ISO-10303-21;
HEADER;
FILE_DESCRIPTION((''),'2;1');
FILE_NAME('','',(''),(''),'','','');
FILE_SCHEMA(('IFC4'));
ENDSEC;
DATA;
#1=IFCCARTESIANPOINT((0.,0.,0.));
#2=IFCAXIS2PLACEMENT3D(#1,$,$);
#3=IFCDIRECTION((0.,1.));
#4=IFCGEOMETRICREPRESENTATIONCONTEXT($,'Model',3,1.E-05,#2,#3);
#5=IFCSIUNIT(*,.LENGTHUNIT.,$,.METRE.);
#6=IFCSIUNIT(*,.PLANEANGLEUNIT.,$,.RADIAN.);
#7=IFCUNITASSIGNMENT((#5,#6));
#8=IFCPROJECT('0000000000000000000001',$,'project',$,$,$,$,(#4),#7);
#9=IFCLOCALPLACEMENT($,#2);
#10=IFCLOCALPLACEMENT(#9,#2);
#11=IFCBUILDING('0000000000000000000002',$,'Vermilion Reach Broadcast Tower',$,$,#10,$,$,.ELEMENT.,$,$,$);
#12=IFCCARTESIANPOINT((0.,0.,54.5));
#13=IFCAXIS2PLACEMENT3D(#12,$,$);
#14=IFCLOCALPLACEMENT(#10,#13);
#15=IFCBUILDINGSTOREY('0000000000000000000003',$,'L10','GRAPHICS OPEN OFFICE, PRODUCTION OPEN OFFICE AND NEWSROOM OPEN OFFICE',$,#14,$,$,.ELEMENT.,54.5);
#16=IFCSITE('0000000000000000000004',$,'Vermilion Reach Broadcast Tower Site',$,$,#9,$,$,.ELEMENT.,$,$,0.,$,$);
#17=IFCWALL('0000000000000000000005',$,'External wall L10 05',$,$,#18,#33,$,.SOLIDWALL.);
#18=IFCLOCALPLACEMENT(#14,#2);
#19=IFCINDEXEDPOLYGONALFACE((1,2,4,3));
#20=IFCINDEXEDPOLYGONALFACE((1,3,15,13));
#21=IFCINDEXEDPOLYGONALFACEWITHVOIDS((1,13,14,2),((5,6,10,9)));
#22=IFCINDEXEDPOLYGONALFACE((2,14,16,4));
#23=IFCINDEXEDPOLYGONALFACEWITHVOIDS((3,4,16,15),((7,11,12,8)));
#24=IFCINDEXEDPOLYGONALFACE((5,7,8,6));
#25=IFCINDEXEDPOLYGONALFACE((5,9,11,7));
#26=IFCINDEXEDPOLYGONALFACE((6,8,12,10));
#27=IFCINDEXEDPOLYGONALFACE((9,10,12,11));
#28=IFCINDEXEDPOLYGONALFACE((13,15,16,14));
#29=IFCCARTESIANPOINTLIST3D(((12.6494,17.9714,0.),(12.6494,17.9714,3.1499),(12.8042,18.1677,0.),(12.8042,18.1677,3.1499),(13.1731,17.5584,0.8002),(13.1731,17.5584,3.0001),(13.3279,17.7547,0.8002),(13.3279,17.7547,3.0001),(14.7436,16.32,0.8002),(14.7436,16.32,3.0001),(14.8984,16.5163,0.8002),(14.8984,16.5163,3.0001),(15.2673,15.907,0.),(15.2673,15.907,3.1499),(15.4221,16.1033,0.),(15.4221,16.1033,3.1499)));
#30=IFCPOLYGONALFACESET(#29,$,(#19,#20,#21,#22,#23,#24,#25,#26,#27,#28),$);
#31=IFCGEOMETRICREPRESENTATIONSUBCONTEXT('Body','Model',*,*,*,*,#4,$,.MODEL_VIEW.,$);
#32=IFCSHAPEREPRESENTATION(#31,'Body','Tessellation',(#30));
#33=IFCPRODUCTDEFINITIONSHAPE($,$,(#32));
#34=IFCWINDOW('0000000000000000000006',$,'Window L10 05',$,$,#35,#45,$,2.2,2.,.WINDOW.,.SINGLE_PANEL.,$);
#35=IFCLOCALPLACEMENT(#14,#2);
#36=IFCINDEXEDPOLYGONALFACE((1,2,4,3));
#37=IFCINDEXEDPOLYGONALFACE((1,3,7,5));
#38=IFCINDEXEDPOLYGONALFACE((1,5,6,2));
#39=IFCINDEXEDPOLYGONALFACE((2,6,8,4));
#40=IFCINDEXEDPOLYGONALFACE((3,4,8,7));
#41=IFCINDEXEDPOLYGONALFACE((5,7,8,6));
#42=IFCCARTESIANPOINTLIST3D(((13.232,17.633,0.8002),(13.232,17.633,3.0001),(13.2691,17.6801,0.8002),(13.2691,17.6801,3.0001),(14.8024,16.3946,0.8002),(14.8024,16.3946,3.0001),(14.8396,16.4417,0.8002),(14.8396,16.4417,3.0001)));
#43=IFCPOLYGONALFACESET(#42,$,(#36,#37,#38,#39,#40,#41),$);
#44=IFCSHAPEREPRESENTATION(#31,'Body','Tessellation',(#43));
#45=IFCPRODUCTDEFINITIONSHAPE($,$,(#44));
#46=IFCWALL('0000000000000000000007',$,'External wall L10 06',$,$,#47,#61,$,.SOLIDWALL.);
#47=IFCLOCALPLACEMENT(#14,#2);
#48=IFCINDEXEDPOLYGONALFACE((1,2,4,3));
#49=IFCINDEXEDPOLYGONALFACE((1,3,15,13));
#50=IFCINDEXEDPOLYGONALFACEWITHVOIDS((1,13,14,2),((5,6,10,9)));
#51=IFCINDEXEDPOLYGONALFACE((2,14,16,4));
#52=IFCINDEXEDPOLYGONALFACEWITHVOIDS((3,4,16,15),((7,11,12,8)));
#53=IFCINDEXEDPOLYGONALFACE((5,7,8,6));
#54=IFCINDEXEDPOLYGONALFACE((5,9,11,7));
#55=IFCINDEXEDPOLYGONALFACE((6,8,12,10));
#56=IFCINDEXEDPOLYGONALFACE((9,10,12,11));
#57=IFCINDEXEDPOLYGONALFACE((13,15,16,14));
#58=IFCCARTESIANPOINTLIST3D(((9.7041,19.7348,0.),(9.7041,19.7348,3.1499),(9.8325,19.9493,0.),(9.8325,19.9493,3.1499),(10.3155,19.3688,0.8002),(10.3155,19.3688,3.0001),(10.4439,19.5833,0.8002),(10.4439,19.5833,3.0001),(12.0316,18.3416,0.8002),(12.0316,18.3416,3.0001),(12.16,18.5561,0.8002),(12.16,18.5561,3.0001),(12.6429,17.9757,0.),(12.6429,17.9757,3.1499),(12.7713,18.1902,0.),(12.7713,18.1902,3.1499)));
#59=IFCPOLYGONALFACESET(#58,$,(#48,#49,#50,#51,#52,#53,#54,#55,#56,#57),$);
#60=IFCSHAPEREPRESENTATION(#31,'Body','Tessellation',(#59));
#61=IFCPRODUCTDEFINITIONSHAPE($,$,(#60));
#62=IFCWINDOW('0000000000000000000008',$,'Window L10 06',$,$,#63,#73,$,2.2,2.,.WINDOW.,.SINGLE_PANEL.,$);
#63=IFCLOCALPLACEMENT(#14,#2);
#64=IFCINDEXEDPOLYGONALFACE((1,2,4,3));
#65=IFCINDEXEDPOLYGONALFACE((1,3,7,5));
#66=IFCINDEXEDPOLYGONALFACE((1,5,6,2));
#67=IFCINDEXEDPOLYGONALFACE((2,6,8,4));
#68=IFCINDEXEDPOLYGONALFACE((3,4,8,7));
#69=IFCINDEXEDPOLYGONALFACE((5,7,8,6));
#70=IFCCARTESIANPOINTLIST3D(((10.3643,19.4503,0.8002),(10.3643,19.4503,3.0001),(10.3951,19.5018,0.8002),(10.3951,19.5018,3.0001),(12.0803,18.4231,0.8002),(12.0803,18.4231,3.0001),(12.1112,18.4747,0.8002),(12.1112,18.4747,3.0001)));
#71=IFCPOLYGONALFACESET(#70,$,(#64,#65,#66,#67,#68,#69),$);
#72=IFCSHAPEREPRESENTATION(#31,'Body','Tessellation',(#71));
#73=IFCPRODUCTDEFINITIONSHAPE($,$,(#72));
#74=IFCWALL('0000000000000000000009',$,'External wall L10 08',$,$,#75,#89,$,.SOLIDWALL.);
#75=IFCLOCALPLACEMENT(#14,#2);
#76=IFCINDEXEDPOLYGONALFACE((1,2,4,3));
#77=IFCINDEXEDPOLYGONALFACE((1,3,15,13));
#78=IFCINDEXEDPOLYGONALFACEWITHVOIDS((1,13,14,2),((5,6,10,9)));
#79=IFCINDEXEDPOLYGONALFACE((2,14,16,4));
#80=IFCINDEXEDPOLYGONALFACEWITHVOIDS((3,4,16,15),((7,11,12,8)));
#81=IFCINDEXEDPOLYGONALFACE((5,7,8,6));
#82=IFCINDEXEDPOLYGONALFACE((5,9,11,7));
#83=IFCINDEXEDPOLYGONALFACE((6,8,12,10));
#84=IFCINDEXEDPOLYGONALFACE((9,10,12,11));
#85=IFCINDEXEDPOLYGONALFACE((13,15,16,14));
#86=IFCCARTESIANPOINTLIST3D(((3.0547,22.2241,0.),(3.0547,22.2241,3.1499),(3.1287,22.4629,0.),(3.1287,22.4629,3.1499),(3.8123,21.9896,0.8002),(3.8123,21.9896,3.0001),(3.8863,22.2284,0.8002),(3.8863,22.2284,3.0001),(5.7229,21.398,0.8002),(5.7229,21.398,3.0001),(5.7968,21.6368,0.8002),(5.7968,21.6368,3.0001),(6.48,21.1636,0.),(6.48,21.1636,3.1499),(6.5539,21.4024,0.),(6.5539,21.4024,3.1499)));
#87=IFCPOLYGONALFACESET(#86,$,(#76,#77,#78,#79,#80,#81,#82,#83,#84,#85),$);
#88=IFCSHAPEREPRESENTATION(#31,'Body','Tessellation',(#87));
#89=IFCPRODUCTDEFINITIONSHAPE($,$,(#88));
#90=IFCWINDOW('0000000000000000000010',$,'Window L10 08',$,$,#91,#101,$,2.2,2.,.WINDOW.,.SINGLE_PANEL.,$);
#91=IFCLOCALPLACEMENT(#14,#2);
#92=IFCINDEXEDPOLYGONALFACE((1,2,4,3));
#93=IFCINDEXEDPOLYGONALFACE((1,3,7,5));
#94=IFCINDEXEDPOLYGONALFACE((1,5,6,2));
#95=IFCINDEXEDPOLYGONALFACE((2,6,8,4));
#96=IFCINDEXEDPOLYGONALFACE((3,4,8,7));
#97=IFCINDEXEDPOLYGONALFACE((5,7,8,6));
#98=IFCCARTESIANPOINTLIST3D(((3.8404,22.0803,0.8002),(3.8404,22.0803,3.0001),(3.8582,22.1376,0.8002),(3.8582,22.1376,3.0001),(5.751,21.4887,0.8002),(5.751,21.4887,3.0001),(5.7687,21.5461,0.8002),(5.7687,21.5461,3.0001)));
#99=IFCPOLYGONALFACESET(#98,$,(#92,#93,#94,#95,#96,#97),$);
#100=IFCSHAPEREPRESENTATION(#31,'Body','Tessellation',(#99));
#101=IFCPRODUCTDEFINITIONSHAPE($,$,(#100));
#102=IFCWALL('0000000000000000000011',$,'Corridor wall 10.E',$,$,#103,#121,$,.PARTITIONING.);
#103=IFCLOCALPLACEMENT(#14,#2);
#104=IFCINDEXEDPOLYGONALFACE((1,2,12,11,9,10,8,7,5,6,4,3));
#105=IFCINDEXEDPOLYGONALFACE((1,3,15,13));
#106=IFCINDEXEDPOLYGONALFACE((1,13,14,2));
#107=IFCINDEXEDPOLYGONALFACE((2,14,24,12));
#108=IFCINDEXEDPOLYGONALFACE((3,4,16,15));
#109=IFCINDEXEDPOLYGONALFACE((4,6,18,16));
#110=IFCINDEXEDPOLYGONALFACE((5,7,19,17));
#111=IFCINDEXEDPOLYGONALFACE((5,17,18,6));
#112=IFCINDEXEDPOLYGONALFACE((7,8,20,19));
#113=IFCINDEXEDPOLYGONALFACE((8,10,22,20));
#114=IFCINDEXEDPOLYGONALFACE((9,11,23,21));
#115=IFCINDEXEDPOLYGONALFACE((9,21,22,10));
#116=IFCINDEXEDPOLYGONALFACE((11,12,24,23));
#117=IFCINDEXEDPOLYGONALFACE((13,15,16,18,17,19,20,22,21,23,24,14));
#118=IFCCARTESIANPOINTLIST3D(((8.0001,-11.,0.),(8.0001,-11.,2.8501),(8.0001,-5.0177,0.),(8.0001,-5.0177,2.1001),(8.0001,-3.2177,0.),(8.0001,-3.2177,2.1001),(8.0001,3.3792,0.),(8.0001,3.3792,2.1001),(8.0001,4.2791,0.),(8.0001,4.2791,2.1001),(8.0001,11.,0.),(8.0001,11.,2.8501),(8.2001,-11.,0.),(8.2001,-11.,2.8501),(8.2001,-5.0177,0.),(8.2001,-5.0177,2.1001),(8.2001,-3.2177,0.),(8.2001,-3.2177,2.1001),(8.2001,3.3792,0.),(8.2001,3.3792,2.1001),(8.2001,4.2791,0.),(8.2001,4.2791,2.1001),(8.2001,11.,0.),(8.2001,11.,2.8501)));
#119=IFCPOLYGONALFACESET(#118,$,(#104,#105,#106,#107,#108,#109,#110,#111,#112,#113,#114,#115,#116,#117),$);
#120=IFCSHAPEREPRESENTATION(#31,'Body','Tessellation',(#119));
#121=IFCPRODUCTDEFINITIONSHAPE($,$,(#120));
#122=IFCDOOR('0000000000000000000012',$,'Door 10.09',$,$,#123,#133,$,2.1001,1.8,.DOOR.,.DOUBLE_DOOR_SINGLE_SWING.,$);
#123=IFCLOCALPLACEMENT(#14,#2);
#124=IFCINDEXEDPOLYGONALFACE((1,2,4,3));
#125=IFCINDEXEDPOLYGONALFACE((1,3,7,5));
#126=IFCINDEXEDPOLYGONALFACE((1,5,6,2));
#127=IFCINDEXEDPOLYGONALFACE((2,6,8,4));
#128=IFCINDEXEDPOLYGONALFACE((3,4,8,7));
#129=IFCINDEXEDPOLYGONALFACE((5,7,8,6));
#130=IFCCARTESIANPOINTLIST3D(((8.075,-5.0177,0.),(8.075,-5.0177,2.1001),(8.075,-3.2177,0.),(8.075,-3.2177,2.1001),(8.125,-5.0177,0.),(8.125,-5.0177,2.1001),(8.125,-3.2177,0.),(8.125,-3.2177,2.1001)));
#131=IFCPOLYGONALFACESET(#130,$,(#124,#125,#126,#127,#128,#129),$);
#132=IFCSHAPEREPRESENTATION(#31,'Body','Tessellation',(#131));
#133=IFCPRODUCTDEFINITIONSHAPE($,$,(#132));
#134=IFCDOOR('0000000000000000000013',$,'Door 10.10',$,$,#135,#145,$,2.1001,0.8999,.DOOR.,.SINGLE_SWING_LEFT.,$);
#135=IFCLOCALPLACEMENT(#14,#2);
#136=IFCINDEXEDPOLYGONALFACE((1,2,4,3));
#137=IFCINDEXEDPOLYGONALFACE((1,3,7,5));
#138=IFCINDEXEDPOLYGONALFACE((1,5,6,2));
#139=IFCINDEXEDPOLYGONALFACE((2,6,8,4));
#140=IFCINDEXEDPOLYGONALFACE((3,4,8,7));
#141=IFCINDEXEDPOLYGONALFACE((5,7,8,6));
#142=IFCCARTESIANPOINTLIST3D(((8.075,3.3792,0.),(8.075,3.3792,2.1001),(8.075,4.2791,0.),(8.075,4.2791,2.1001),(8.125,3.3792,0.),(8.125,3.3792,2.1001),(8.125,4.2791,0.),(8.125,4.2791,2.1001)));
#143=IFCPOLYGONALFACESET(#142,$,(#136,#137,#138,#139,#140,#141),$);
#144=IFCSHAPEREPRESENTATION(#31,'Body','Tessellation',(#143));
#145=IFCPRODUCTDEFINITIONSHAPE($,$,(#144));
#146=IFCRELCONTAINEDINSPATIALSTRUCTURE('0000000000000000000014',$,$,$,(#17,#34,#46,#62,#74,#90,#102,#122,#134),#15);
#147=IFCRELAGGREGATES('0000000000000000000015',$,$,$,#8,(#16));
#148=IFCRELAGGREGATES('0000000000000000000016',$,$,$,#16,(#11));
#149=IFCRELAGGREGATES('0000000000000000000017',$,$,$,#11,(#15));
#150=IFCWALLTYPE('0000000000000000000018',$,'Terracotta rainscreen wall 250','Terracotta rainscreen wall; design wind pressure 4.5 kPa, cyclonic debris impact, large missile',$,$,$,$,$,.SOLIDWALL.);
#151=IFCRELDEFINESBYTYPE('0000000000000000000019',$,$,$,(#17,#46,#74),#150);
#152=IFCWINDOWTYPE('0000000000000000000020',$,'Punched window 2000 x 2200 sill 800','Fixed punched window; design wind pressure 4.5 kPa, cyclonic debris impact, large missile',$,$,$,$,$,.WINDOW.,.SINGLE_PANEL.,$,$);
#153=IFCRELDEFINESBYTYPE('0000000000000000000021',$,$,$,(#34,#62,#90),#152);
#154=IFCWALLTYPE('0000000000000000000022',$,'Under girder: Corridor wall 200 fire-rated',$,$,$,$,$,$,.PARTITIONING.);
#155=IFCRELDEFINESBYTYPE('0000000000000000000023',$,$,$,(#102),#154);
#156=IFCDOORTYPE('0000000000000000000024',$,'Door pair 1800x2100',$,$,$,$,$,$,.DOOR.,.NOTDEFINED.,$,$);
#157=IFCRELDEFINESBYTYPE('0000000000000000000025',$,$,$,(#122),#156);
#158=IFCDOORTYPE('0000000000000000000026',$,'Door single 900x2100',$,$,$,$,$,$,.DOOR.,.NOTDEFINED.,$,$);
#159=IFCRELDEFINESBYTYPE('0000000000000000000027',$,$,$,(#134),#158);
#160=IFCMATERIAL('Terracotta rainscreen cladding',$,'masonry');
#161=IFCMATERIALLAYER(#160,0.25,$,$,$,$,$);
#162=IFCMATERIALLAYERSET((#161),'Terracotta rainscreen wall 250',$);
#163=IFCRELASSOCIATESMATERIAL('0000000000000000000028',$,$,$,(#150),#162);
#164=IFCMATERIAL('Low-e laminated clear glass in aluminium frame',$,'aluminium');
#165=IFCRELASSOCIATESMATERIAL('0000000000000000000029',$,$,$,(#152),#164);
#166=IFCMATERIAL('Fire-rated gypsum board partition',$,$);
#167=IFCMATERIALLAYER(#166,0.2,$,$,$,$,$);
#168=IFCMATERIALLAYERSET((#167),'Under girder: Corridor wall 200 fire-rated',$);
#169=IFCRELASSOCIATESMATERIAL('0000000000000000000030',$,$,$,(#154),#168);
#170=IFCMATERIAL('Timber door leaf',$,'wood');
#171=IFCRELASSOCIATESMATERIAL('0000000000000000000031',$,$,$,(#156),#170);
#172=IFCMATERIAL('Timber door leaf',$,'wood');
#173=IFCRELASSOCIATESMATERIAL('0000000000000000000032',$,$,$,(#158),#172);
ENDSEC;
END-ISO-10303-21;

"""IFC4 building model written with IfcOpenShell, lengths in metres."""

from ifc_helpers import new_model, si_unit, direction, frame, frame_2d, origin, place, context, subcontext, project, spatial, rectangle, extrude, material, layer, layer_set, type_object, element, fill, save


model = new_model("IFC4")

# Units and contexts
model_context = context("Model", 3, precision=1e-05, world=origin(), true_north=direction((0.0, 1.0)))
body_context = subcontext(model_context, "Body", "Model", "MODEL_VIEW")
ifc_project = project(units=[si_unit("LENGTHUNIT", "METRE"), si_unit("PLANEANGLEUNIT", "RADIAN")], contexts=[model_context])

# Site, building, storey
site_placement = place(None, origin())
site = spatial("IfcSite", under=ifc_project, at=site_placement, Name="Vermilion Reach Broadcast Tower Site", CompositionType="ELEMENT", RefElevation=0.0)
building_placement = place(site_placement, origin())
building = spatial("IfcBuilding", under=site, at=building_placement, Name="Vermilion Reach Broadcast Tower", CompositionType="ELEMENT")
storey_placement = place(building_placement, frame((0.0, 0.0, 54.5)))
storey = spatial("IfcBuildingStorey", under=building, at=storey_placement, Name="L10", Description="GRAPHICS OPEN OFFICE, PRODUCTION OPEN OFFICE AND NEWSROOM OPEN OFFICE", CompositionType="ELEMENT", Elevation=54.5)

# Shared definitions
ifc_material_1 = material(Name="Terracotta rainscreen cladding", Category="masonry")
ifc_layer_1 = layer(ifc_material_1, 0.25)
ifc_layer_set_1 = layer_set([ifc_layer_1], Name="Terracotta rainscreen wall 250")
wall_type_1 = type_object("IfcWallType", Name="Terracotta rainscreen wall 250", Description="Terracotta rainscreen wall; design wind pressure 4.5 kPa, cyclonic debris impact, large missile", PredefinedType="SOLIDWALL", material=ifc_layer_set_1)

# Walls, openings, windows
ifc_material_2 = material(Name="Low-e laminated clear glass in aluminium frame", Category="aluminium")
window_type = type_object("IfcWindowType", Name="Punched window 2000 x 2200 sill 800", Description="Fixed punched window; design wind pressure 4.5 kPa, cyclonic debris impact, large missile", PartitioningType="SINGLE_PANEL", PredefinedType="WINDOW", material=ifc_material_2)
wall_1_placement = place(storey_placement, frame((15.3447, 16.0051, 0.0), z_axis=(0.0, 0.0, 1.0), x_axis=(-0.785222, 0.619214, 0.0)))
wall_1 = element("IfcWall", 1, at=wall_1_placement, inside=storey, type_object=wall_type_1, Name="External wall L10 05", PredefinedType="SOLIDWALL", context=body_context, shape_type="SweptSolid", body=[
    extrude(rectangle(XDim=3.334, YDim=0.25, at=frame_2d((1.667, 0.0))), origin(), (0.0, 0.0, 1.0), 3.1499),
])
opening_1_placement = place(wall_1_placement, frame((0.667, 0.0, 0.8)))
opening_1 = element("IfcOpeningElement", 2, at=opening_1_placement, cuts=wall_1, PredefinedType="OPENING", context=body_context, shape_type="SweptSolid", body=[
    extrude(rectangle(XDim=2.0, YDim=2.2, at=frame_2d((1.0, 1.1001))), frame((0.0, 0.135, 0.0), z_axis=(0.0, -1.0, 0.0), x_axis=(1.0, 0.0, 0.0)), (0.0, 0.0, 1.0), 0.27),
])
window_1_placement = place(opening_1_placement, origin())
window_1 = element("IfcWindow", 3, at=window_1_placement, inside=storey, type_object=window_type, Name="Window L10 05", OverallHeight=2.2, OverallWidth=2.0, PartitioningType="SINGLE_PANEL", PredefinedType="WINDOW", context=body_context, shape_type="SweptSolid", body=[
    extrude(rectangle(XDim=2.0, YDim=2.2, at=frame_2d((1.0, 1.1001))), frame((0.0, 0.03, 0.0), z_axis=(0.0, -1.0, 0.0), x_axis=(1.0, 0.0, 0.0)), (0.0, 0.0, 1.0), 0.0601),
])
fill(opening_1, window_1)
wall_2_placement = place(storey_placement, frame((12.707, 18.083, 0.0), z_axis=(0.0, 0.0, 1.0), x_axis=(-0.858033, 0.513594, 0.0)))
wall_2 = element("IfcWall", 4, at=wall_2_placement, inside=storey, type_object=wall_type_1, Name="External wall L10 06", PredefinedType="SOLIDWALL", context=body_context, shape_type="SweptSolid", body=[
    extrude(rectangle(XDim=3.425, YDim=0.25, at=frame_2d((1.7124, 0.0))), origin(), (0.0, 0.0, 1.0), 3.1499),
])
opening_2_placement = place(wall_2_placement, frame((0.7124, 0.0, 0.8)))
opening_2 = element("IfcOpeningElement", 5, at=opening_2_placement, cuts=wall_2, PredefinedType="OPENING", context=body_context, shape_type="SweptSolid", body=[
    extrude(rectangle(XDim=2.0, YDim=2.2, at=frame_2d((1.0, 1.1001))), frame((0.0, 0.135, 0.0), z_axis=(0.0, -1.0, 0.0), x_axis=(1.0, 0.0, 0.0)), (0.0, 0.0, 1.0), 0.27),
])
window_2_placement = place(opening_2_placement, origin())
window_2 = element("IfcWindow", 6, at=window_2_placement, inside=storey, type_object=window_type, Name="Window L10 06", OverallHeight=2.2, OverallWidth=2.0, PartitioningType="SINGLE_PANEL", PredefinedType="WINDOW", context=body_context, shape_type="SweptSolid", body=[
    extrude(rectangle(XDim=2.0, YDim=2.2, at=frame_2d((1.0, 1.1001))), frame((0.0, 0.03, 0.0), z_axis=(0.0, -1.0, 0.0), x_axis=(1.0, 0.0, 0.0)), (0.0, 0.0, 1.0), 0.0601),
])
fill(opening_2, window_2)

# Wall, opening, window
wall_3_placement = place(storey_placement, frame((6.5171, 21.283, 0.0), z_axis=(0.0, 0.0, 1.0), x_axis=(-0.955259, 0.29577, 0.0)))
wall_3 = element("IfcWall", 7, at=wall_3_placement, inside=storey, type_object=wall_type_1, Name="External wall L10 08", PredefinedType="SOLIDWALL", context=body_context, shape_type="SweptSolid", body=[
    extrude(rectangle(XDim=3.5857, YDim=0.25, at=frame_2d((1.793, 0.0))), origin(), (0.0, 0.0, 1.0), 3.1499),
])
opening_3_placement = place(wall_3_placement, frame((0.7927, 0.0, 0.8)))
opening_3 = element("IfcOpeningElement", 8, at=opening_3_placement, cuts=wall_3, PredefinedType="OPENING", context=body_context, shape_type="SweptSolid", body=[
    extrude(rectangle(XDim=2.0, YDim=2.2, at=frame_2d((1.0, 1.1001))), frame((0.0, 0.135, 0.0), z_axis=(0.0, -1.0, 0.0), x_axis=(1.0, 0.0, 0.0)), (0.0, 0.0, 1.0), 0.27),
])
window_3_placement = place(opening_3_placement, origin())
window_3 = element("IfcWindow", 9, at=window_3_placement, inside=storey, type_object=window_type, Name="Window L10 08", OverallHeight=2.2, OverallWidth=2.0, PartitioningType="SINGLE_PANEL", PredefinedType="WINDOW", context=body_context, shape_type="SweptSolid", body=[
    extrude(rectangle(XDim=2.0, YDim=2.2, at=frame_2d((1.0, 1.1001))), frame((0.0, 0.03, 0.0), z_axis=(0.0, -1.0, 0.0), x_axis=(1.0, 0.0, 0.0)), (0.0, 0.0, 1.0), 0.0601),
])
fill(opening_3, window_3)

# Wall, openings, doors
ifc_material_3 = material(Name="Fire-rated gypsum board partition")
ifc_layer_2 = layer(ifc_material_3, 0.2)
ifc_layer_set_2 = layer_set([ifc_layer_2], Name="Under girder: Corridor wall 200 fire-rated")
wall_type_2 = type_object("IfcWallType", Name="Under girder: Corridor wall 200 fire-rated", PredefinedType="PARTITIONING", material=ifc_layer_set_2)
wall_4_placement = place(storey_placement, frame((8.1001, 11.0, 0.0), z_axis=(0.0, 0.0, 1.0), x_axis=(0.0, -1.0, 0.0)))
wall_4 = element("IfcWall", 10, at=wall_4_placement, inside=storey, type_object=wall_type_2, Name="Corridor wall 10.E", PredefinedType="PARTITIONING", context=body_context, shape_type="SweptSolid", body=[
    extrude(rectangle(XDim=22.0, YDim=0.2, at=frame_2d((11.0, 0.0))), origin(), (0.0, 0.0, 1.0), 2.8501),
])
opening_4_placement = place(wall_4_placement, frame((14.2178, 0.0, 0.0)))
opening_4 = element("IfcOpeningElement", 11, at=opening_4_placement, cuts=wall_4, PredefinedType="OPENING", context=body_context, shape_type="SweptSolid", body=[
    extrude(rectangle(XDim=1.8, YDim=2.1001, at=frame_2d((0.8999, 1.05))), frame((0.0, 0.1099, 0.0), z_axis=(0.0, -1.0, 0.0), x_axis=(1.0, 0.0, 0.0)), (0.0, 0.0, 1.0), 0.22),
])
opening_5_placement = place(wall_4_placement, frame((6.7209, 0.0, 0.0)))
opening_5 = element("IfcOpeningElement", 12, at=opening_5_placement, cuts=wall_4, PredefinedType="OPENING", context=body_context, shape_type="SweptSolid", body=[
    extrude(rectangle(XDim=0.8999, YDim=2.1001, at=frame_2d((0.45, 1.05))), frame((0.0, 0.1099, 0.0), z_axis=(0.0, -1.0, 0.0), x_axis=(1.0, 0.0, 0.0)), (0.0, 0.0, 1.0), 0.22),
])
ifc_material_4 = material(Name="Timber door leaf", Category="wood")
door_type_1 = type_object("IfcDoorType", Name="Door pair 1800x2100", OperationType="NOTDEFINED", PredefinedType="DOOR", material=ifc_material_4)
door_1_placement = place(opening_4_placement, origin())
door_1 = element("IfcDoor", 13, at=door_1_placement, inside=storey, type_object=door_type_1, Name="Door 10.09", OperationType="DOUBLE_DOOR_SINGLE_SWING", OverallHeight=2.1001, OverallWidth=1.8, PredefinedType="DOOR", context=body_context, shape_type="SweptSolid", body=[
    extrude(rectangle(XDim=1.8, YDim=2.1001, at=frame_2d((0.8999, 1.05))), frame((0.0, 0.0249, 0.0), z_axis=(0.0, -1.0, 0.0), x_axis=(1.0, 0.0, 0.0)), (0.0, 0.0, 1.0), 0.05),
])
fill(opening_4, door_1)
ifc_material_5 = material(Name="Timber door leaf", Category="wood")
door_type_2 = type_object("IfcDoorType", Name="Door single 900x2100", OperationType="NOTDEFINED", PredefinedType="DOOR", material=ifc_material_5)
door_2_placement = place(opening_5_placement, origin())
door_2 = element("IfcDoor", 14, at=door_2_placement, inside=storey, type_object=door_type_2, Name="Door 10.10", OperationType="SINGLE_SWING_LEFT", OverallHeight=2.1001, OverallWidth=0.8999, PredefinedType="DOOR", context=body_context, shape_type="SweptSolid", body=[
    extrude(rectangle(XDim=0.8999, YDim=2.1001, at=frame_2d((0.45, 1.05))), frame((0.0, 0.0249, 0.0), z_axis=(0.0, -1.0, 0.0), x_axis=(1.0, 0.0, 0.0)), (0.0, 0.0, 1.0), 0.05),
])
fill(opening_5, door_2)

save(model, "model.ifc")
